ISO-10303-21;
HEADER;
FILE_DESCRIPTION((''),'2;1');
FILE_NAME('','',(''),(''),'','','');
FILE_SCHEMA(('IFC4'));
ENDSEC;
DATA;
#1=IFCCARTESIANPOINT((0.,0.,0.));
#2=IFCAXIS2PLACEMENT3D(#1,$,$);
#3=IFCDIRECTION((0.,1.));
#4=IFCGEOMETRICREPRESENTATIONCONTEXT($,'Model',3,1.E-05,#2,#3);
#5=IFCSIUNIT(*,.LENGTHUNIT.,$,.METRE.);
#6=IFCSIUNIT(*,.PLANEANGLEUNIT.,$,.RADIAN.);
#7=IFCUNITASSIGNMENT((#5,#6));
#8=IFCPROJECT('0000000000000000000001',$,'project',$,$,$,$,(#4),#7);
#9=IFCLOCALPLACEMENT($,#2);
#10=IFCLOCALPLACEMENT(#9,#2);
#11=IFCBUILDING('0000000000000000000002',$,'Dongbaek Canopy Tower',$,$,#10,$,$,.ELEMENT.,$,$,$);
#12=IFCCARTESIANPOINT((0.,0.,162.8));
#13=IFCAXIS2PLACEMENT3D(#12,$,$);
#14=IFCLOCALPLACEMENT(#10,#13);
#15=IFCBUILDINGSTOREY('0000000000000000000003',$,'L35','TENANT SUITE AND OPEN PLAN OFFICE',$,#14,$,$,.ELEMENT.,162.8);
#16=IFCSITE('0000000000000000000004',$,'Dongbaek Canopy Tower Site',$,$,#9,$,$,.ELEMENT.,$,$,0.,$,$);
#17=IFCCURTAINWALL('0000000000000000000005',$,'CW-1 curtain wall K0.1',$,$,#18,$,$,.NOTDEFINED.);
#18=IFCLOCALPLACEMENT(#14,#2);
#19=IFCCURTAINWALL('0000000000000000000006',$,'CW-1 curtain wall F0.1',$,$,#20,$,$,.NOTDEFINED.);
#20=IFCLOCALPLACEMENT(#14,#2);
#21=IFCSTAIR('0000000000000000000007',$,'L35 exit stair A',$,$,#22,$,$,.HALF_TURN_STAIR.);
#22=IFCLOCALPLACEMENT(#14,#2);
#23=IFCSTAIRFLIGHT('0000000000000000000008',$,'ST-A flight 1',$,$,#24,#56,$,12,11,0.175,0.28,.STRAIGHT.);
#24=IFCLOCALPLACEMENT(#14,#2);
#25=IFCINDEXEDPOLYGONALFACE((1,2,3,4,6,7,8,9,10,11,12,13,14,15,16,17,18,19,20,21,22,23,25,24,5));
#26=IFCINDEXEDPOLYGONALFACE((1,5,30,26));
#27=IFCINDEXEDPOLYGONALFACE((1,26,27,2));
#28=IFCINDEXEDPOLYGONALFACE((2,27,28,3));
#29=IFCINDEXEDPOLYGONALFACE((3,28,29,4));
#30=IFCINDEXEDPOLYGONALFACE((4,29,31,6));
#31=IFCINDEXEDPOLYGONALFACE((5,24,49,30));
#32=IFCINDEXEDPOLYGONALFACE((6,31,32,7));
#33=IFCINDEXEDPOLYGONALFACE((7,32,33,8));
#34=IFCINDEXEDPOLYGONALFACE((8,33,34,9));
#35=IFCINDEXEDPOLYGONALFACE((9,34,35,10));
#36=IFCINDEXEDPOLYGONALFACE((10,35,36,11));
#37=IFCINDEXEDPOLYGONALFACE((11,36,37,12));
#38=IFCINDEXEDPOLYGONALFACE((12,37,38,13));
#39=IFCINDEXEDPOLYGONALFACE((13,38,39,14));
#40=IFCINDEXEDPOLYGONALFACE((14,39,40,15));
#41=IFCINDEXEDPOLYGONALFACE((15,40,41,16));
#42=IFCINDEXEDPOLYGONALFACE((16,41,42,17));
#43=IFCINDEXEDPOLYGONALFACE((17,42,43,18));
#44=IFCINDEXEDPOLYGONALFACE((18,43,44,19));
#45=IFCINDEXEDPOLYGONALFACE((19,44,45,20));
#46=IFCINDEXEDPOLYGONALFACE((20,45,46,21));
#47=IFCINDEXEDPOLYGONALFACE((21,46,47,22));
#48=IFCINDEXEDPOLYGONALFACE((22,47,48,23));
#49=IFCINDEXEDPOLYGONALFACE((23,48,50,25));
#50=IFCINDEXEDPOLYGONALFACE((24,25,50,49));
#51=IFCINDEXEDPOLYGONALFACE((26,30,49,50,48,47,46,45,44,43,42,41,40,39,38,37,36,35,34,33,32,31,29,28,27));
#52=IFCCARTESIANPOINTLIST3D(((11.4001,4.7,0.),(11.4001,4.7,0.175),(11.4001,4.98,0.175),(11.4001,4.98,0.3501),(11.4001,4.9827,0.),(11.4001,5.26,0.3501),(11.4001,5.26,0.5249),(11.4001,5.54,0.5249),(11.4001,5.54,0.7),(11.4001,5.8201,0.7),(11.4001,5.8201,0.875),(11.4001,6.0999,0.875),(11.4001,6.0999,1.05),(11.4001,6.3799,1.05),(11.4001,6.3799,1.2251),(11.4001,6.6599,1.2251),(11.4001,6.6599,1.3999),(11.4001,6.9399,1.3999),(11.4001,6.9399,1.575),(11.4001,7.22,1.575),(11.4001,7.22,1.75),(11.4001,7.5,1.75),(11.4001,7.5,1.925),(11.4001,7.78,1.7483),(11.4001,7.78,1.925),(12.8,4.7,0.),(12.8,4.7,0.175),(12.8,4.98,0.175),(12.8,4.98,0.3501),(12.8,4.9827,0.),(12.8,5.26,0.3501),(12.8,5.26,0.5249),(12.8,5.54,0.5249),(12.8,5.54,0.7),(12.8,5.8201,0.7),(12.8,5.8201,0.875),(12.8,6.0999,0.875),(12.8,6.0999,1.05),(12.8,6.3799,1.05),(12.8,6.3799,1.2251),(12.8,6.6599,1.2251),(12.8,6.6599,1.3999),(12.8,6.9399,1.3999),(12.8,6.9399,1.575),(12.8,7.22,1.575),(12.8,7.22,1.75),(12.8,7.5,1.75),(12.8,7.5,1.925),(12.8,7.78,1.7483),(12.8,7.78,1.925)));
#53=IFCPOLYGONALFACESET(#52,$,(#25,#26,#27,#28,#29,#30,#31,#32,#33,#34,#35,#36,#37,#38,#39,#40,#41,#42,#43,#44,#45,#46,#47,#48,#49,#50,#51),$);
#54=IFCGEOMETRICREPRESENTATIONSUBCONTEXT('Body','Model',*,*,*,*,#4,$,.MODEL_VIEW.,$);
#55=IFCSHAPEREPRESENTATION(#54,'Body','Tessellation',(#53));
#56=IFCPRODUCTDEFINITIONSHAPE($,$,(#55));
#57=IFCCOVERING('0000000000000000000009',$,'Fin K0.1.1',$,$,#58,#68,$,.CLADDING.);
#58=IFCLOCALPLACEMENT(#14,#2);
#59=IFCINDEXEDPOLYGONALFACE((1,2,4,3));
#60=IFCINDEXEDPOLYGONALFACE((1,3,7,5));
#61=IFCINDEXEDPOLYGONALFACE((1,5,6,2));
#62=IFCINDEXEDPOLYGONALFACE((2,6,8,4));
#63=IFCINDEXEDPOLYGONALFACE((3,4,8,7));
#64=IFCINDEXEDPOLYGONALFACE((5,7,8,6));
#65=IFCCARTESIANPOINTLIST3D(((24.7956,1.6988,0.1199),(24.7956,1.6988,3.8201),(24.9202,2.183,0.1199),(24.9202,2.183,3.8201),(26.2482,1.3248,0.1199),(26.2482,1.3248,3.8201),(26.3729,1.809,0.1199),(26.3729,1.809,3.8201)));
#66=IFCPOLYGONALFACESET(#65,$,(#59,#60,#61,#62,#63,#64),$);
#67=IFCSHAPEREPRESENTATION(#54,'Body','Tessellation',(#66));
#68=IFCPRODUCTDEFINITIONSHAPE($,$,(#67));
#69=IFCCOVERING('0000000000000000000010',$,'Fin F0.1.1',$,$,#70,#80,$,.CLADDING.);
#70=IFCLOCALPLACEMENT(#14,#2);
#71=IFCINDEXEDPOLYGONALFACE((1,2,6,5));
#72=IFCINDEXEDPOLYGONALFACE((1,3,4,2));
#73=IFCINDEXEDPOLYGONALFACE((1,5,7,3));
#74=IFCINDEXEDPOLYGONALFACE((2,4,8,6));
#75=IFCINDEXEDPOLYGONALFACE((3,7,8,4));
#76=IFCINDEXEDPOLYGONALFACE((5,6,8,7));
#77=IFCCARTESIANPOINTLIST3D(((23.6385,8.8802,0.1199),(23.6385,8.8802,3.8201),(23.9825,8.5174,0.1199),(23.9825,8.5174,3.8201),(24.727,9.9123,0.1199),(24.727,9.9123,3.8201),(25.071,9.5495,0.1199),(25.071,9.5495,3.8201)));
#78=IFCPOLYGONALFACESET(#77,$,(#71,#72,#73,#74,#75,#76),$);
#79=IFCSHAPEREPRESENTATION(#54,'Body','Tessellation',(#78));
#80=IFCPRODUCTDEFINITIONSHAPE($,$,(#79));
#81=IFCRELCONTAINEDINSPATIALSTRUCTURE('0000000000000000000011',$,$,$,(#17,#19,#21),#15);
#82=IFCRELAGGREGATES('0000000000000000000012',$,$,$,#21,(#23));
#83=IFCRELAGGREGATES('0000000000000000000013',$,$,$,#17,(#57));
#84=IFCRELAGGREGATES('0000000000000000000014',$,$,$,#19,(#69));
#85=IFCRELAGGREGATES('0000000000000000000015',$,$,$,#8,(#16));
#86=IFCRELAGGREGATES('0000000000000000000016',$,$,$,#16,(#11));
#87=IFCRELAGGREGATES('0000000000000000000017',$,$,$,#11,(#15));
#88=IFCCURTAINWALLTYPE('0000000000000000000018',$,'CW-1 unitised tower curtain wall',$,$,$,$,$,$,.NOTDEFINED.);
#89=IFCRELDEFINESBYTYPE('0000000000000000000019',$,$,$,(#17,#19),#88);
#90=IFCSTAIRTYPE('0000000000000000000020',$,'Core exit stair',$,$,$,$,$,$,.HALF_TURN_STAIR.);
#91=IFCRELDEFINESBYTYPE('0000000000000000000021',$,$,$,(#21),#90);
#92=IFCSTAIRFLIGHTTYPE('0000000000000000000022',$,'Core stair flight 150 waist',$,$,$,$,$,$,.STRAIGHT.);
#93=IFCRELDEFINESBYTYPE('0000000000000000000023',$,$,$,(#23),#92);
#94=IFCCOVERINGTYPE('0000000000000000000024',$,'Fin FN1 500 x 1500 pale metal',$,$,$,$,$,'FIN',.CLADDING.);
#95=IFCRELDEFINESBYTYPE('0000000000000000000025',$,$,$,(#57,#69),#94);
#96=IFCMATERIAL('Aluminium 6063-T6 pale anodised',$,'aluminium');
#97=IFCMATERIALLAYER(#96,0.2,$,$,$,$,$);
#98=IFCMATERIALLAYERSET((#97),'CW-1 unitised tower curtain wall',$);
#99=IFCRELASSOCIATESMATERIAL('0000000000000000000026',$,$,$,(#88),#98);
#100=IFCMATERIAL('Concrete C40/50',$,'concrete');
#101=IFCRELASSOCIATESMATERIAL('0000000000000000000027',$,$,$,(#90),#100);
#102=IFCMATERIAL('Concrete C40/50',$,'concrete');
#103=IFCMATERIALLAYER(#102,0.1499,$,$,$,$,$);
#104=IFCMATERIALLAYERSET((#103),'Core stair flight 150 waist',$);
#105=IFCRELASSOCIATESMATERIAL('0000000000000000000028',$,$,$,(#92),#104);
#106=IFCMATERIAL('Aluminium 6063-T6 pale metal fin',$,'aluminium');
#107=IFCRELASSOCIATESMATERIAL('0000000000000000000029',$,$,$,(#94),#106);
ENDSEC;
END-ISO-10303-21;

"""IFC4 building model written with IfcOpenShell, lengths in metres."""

from ifc_helpers import new_model, si_unit, direction, frame, origin, origin_2d, place, context, subcontext, project, spatial, polyline, rectangle, outline, extrude, material, layer, layer_set, material_profile, profile_set, type_object, element, aggregate, save


model = new_model("IFC4")

# Units and contexts
model_context = context("Model", 3, precision=1e-05, world=origin(), true_north=direction((0.0, 1.0)))
body_context = subcontext(model_context, "Body", "Model", "MODEL_VIEW")
ifc_project = project(units=[si_unit("LENGTHUNIT", "METRE"), si_unit("PLANEANGLEUNIT", "RADIAN")], contexts=[model_context])

# Site, building, storey
site_placement = place(None, origin())
site = spatial("IfcSite", under=ifc_project, at=site_placement, Name="Dongbaek Canopy Tower Site", CompositionType="ELEMENT", RefElevation=0.0)
building_placement = place(site_placement, origin())
building = spatial("IfcBuilding", under=site, at=building_placement, Name="Dongbaek Canopy Tower", CompositionType="ELEMENT")
storey_placement = place(building_placement, frame((0.0, 0.0, 162.8)))
storey = spatial("IfcBuildingStorey", under=building, at=storey_placement, Name="L35", Description="TENANT SUITE AND OPEN PLAN OFFICE", CompositionType="ELEMENT", Elevation=162.8)

# Curtain wall
ifc_material_1 = material(Name="Aluminium 6063-T6 pale anodised", Category="aluminium")
ifc_layer_1 = layer(ifc_material_1, 0.2)
ifc_layer_set_1 = layer_set([ifc_layer_1], Name="CW-1 unitised tower curtain wall")
curtain_wall_type = type_object("IfcCurtainWallType", Name="CW-1 unitised tower curtain wall", PredefinedType="NOTDEFINED", material=ifc_layer_set_1)
curtain_wall_1_placement = place(storey_placement, origin())
curtain_wall_1 = element("IfcCurtainWall", 1, at=curtain_wall_1_placement, inside=storey, type_object=curtain_wall_type, Name="CW-1 curtain wall K0.1", PredefinedType="NOTDEFINED")

# Curtain wall
curtain_wall_2_placement = place(storey_placement, origin())
curtain_wall_2 = element("IfcCurtainWall", 2, at=curtain_wall_2_placement, inside=storey, type_object=curtain_wall_type, Name="CW-1 curtain wall F0.1", PredefinedType="NOTDEFINED")

# Stair, stair flight
ifc_material_2 = material(Name="Concrete C40/50", Category="concrete")
stair_type = type_object("IfcStairType", Name="Core exit stair", PredefinedType="HALF_TURN_STAIR", material=ifc_material_2)
stair_placement = place(storey_placement, origin())
stair = element("IfcStair", 3, at=stair_placement, inside=storey, type_object=stair_type, Name="L35 exit stair A", PredefinedType="HALF_TURN_STAIR")
ifc_material_3 = material(Name="Concrete C40/50", Category="concrete")
ifc_layer_2 = layer(ifc_material_3, 0.1499)
ifc_layer_set_2 = layer_set([ifc_layer_2], Name="Core stair flight 150 waist")
stair_flight_type = type_object("IfcStairFlightType", Name="Core stair flight 150 waist", PredefinedType="STRAIGHT", material=ifc_layer_set_2)
stair_flight_placement = place(storey_placement, frame((12.1001, 4.7, 0.0), z_axis=(0.0, 0.0, 1.0), x_axis=(0.0, 1.0, 0.0)))
stair_flight = element("IfcStairFlight", 4, at=stair_flight_placement, type_object=stair_flight_type, Name="ST-A flight 1", NumberOfRisers=12, NumberOfTreads=11, PredefinedType="STRAIGHT", RiserHeight=0.175, TreadLength=0.28, context=body_context, shape_type="SweptSolid", body=[
    extrude(outline(polyline([(0.0, 0.0), (0.0, 0.175), (0.28, 0.175), (0.28, 0.3501), (0.5601, 0.3501), (0.5601, 0.5249), (0.8401, 0.5249), (0.8401, 0.7), (1.1201, 0.7), (1.1201, 0.875), (1.3999, 0.875), (1.3999, 1.05), (1.6799, 1.05), (1.6799, 1.2251), (1.96, 1.2251), (1.96, 1.3999), (2.24, 1.3999), (2.24, 1.575), (2.52, 1.575), (2.52, 1.75), (2.8, 1.75), (2.8, 1.925), (3.0801, 1.925), (3.0801, 2.1001), (3.0801, 1.7483), (0.2827, 0.0), (0.0, 0.0)])), frame((0.0, 0.7, 0.0), z_axis=(0.0, -1.0, 0.0), x_axis=(1.0, 0.0, 0.0)), (0.0, 0.0, 1.0), 1.3999),
])
aggregate(stair, [stair_flight])

# Coverings
ifc_material_4 = material(Name="Aluminium 6063-T6 pale metal fin", Category="aluminium")
ifc_material_profile_1 = material_profile(ifc_material_4, rectangle(XDim=1.5, YDim=0.5, at=origin_2d()), Name="Fin FN1 500 x 1500 pale metal")
ifc_profile_set_1 = profile_set([ifc_material_profile_1], Name="Aluminium 6063-T6 pale metal fin")
covering_type = type_object("IfcCoveringType", Name="Fin FN1 500 x 1500 pale metal", ElementType="FIN", PredefinedType="CLADDING", material=ifc_profile_set_1)
covering_1_placement = place(storey_placement, frame((25.5842, 1.7539, 0.1199), z_axis=(0.0, 0.0, 1.0), x_axis=(0.968425, -0.249305, 0.0)))
covering_1 = element("IfcCovering", 5, at=covering_1_placement, type_object=covering_type, Name="Fin K0.1.1", PredefinedType="CLADDING", context=body_context, shape_type="SweptSolid", body=[
    extrude(rectangle(XDim=1.5, YDim=0.5, at=origin_2d()), origin(), (0.0, 0.0, 1.0), 3.7002),
])
aggregate(curtain_wall_1, [covering_1])
covering_2_placement = place(storey_placement, frame((24.3547, 9.2148, 0.1199), z_axis=(0.0, 0.0, 1.0), x_axis=(0.72567, 0.688043, 0.0)))
covering_2 = element("IfcCovering", 6, at=covering_2_placement, type_object=covering_type, Name="Fin F0.1.1", PredefinedType="CLADDING", context=body_context, shape_type="SweptSolid", body=[
    extrude(rectangle(XDim=1.5, YDim=0.5, at=origin_2d()), origin(), (0.0, 0.0, 1.0), 3.7002),
])
aggregate(curtain_wall_2, [covering_2])

save(model, "model.ifc")
